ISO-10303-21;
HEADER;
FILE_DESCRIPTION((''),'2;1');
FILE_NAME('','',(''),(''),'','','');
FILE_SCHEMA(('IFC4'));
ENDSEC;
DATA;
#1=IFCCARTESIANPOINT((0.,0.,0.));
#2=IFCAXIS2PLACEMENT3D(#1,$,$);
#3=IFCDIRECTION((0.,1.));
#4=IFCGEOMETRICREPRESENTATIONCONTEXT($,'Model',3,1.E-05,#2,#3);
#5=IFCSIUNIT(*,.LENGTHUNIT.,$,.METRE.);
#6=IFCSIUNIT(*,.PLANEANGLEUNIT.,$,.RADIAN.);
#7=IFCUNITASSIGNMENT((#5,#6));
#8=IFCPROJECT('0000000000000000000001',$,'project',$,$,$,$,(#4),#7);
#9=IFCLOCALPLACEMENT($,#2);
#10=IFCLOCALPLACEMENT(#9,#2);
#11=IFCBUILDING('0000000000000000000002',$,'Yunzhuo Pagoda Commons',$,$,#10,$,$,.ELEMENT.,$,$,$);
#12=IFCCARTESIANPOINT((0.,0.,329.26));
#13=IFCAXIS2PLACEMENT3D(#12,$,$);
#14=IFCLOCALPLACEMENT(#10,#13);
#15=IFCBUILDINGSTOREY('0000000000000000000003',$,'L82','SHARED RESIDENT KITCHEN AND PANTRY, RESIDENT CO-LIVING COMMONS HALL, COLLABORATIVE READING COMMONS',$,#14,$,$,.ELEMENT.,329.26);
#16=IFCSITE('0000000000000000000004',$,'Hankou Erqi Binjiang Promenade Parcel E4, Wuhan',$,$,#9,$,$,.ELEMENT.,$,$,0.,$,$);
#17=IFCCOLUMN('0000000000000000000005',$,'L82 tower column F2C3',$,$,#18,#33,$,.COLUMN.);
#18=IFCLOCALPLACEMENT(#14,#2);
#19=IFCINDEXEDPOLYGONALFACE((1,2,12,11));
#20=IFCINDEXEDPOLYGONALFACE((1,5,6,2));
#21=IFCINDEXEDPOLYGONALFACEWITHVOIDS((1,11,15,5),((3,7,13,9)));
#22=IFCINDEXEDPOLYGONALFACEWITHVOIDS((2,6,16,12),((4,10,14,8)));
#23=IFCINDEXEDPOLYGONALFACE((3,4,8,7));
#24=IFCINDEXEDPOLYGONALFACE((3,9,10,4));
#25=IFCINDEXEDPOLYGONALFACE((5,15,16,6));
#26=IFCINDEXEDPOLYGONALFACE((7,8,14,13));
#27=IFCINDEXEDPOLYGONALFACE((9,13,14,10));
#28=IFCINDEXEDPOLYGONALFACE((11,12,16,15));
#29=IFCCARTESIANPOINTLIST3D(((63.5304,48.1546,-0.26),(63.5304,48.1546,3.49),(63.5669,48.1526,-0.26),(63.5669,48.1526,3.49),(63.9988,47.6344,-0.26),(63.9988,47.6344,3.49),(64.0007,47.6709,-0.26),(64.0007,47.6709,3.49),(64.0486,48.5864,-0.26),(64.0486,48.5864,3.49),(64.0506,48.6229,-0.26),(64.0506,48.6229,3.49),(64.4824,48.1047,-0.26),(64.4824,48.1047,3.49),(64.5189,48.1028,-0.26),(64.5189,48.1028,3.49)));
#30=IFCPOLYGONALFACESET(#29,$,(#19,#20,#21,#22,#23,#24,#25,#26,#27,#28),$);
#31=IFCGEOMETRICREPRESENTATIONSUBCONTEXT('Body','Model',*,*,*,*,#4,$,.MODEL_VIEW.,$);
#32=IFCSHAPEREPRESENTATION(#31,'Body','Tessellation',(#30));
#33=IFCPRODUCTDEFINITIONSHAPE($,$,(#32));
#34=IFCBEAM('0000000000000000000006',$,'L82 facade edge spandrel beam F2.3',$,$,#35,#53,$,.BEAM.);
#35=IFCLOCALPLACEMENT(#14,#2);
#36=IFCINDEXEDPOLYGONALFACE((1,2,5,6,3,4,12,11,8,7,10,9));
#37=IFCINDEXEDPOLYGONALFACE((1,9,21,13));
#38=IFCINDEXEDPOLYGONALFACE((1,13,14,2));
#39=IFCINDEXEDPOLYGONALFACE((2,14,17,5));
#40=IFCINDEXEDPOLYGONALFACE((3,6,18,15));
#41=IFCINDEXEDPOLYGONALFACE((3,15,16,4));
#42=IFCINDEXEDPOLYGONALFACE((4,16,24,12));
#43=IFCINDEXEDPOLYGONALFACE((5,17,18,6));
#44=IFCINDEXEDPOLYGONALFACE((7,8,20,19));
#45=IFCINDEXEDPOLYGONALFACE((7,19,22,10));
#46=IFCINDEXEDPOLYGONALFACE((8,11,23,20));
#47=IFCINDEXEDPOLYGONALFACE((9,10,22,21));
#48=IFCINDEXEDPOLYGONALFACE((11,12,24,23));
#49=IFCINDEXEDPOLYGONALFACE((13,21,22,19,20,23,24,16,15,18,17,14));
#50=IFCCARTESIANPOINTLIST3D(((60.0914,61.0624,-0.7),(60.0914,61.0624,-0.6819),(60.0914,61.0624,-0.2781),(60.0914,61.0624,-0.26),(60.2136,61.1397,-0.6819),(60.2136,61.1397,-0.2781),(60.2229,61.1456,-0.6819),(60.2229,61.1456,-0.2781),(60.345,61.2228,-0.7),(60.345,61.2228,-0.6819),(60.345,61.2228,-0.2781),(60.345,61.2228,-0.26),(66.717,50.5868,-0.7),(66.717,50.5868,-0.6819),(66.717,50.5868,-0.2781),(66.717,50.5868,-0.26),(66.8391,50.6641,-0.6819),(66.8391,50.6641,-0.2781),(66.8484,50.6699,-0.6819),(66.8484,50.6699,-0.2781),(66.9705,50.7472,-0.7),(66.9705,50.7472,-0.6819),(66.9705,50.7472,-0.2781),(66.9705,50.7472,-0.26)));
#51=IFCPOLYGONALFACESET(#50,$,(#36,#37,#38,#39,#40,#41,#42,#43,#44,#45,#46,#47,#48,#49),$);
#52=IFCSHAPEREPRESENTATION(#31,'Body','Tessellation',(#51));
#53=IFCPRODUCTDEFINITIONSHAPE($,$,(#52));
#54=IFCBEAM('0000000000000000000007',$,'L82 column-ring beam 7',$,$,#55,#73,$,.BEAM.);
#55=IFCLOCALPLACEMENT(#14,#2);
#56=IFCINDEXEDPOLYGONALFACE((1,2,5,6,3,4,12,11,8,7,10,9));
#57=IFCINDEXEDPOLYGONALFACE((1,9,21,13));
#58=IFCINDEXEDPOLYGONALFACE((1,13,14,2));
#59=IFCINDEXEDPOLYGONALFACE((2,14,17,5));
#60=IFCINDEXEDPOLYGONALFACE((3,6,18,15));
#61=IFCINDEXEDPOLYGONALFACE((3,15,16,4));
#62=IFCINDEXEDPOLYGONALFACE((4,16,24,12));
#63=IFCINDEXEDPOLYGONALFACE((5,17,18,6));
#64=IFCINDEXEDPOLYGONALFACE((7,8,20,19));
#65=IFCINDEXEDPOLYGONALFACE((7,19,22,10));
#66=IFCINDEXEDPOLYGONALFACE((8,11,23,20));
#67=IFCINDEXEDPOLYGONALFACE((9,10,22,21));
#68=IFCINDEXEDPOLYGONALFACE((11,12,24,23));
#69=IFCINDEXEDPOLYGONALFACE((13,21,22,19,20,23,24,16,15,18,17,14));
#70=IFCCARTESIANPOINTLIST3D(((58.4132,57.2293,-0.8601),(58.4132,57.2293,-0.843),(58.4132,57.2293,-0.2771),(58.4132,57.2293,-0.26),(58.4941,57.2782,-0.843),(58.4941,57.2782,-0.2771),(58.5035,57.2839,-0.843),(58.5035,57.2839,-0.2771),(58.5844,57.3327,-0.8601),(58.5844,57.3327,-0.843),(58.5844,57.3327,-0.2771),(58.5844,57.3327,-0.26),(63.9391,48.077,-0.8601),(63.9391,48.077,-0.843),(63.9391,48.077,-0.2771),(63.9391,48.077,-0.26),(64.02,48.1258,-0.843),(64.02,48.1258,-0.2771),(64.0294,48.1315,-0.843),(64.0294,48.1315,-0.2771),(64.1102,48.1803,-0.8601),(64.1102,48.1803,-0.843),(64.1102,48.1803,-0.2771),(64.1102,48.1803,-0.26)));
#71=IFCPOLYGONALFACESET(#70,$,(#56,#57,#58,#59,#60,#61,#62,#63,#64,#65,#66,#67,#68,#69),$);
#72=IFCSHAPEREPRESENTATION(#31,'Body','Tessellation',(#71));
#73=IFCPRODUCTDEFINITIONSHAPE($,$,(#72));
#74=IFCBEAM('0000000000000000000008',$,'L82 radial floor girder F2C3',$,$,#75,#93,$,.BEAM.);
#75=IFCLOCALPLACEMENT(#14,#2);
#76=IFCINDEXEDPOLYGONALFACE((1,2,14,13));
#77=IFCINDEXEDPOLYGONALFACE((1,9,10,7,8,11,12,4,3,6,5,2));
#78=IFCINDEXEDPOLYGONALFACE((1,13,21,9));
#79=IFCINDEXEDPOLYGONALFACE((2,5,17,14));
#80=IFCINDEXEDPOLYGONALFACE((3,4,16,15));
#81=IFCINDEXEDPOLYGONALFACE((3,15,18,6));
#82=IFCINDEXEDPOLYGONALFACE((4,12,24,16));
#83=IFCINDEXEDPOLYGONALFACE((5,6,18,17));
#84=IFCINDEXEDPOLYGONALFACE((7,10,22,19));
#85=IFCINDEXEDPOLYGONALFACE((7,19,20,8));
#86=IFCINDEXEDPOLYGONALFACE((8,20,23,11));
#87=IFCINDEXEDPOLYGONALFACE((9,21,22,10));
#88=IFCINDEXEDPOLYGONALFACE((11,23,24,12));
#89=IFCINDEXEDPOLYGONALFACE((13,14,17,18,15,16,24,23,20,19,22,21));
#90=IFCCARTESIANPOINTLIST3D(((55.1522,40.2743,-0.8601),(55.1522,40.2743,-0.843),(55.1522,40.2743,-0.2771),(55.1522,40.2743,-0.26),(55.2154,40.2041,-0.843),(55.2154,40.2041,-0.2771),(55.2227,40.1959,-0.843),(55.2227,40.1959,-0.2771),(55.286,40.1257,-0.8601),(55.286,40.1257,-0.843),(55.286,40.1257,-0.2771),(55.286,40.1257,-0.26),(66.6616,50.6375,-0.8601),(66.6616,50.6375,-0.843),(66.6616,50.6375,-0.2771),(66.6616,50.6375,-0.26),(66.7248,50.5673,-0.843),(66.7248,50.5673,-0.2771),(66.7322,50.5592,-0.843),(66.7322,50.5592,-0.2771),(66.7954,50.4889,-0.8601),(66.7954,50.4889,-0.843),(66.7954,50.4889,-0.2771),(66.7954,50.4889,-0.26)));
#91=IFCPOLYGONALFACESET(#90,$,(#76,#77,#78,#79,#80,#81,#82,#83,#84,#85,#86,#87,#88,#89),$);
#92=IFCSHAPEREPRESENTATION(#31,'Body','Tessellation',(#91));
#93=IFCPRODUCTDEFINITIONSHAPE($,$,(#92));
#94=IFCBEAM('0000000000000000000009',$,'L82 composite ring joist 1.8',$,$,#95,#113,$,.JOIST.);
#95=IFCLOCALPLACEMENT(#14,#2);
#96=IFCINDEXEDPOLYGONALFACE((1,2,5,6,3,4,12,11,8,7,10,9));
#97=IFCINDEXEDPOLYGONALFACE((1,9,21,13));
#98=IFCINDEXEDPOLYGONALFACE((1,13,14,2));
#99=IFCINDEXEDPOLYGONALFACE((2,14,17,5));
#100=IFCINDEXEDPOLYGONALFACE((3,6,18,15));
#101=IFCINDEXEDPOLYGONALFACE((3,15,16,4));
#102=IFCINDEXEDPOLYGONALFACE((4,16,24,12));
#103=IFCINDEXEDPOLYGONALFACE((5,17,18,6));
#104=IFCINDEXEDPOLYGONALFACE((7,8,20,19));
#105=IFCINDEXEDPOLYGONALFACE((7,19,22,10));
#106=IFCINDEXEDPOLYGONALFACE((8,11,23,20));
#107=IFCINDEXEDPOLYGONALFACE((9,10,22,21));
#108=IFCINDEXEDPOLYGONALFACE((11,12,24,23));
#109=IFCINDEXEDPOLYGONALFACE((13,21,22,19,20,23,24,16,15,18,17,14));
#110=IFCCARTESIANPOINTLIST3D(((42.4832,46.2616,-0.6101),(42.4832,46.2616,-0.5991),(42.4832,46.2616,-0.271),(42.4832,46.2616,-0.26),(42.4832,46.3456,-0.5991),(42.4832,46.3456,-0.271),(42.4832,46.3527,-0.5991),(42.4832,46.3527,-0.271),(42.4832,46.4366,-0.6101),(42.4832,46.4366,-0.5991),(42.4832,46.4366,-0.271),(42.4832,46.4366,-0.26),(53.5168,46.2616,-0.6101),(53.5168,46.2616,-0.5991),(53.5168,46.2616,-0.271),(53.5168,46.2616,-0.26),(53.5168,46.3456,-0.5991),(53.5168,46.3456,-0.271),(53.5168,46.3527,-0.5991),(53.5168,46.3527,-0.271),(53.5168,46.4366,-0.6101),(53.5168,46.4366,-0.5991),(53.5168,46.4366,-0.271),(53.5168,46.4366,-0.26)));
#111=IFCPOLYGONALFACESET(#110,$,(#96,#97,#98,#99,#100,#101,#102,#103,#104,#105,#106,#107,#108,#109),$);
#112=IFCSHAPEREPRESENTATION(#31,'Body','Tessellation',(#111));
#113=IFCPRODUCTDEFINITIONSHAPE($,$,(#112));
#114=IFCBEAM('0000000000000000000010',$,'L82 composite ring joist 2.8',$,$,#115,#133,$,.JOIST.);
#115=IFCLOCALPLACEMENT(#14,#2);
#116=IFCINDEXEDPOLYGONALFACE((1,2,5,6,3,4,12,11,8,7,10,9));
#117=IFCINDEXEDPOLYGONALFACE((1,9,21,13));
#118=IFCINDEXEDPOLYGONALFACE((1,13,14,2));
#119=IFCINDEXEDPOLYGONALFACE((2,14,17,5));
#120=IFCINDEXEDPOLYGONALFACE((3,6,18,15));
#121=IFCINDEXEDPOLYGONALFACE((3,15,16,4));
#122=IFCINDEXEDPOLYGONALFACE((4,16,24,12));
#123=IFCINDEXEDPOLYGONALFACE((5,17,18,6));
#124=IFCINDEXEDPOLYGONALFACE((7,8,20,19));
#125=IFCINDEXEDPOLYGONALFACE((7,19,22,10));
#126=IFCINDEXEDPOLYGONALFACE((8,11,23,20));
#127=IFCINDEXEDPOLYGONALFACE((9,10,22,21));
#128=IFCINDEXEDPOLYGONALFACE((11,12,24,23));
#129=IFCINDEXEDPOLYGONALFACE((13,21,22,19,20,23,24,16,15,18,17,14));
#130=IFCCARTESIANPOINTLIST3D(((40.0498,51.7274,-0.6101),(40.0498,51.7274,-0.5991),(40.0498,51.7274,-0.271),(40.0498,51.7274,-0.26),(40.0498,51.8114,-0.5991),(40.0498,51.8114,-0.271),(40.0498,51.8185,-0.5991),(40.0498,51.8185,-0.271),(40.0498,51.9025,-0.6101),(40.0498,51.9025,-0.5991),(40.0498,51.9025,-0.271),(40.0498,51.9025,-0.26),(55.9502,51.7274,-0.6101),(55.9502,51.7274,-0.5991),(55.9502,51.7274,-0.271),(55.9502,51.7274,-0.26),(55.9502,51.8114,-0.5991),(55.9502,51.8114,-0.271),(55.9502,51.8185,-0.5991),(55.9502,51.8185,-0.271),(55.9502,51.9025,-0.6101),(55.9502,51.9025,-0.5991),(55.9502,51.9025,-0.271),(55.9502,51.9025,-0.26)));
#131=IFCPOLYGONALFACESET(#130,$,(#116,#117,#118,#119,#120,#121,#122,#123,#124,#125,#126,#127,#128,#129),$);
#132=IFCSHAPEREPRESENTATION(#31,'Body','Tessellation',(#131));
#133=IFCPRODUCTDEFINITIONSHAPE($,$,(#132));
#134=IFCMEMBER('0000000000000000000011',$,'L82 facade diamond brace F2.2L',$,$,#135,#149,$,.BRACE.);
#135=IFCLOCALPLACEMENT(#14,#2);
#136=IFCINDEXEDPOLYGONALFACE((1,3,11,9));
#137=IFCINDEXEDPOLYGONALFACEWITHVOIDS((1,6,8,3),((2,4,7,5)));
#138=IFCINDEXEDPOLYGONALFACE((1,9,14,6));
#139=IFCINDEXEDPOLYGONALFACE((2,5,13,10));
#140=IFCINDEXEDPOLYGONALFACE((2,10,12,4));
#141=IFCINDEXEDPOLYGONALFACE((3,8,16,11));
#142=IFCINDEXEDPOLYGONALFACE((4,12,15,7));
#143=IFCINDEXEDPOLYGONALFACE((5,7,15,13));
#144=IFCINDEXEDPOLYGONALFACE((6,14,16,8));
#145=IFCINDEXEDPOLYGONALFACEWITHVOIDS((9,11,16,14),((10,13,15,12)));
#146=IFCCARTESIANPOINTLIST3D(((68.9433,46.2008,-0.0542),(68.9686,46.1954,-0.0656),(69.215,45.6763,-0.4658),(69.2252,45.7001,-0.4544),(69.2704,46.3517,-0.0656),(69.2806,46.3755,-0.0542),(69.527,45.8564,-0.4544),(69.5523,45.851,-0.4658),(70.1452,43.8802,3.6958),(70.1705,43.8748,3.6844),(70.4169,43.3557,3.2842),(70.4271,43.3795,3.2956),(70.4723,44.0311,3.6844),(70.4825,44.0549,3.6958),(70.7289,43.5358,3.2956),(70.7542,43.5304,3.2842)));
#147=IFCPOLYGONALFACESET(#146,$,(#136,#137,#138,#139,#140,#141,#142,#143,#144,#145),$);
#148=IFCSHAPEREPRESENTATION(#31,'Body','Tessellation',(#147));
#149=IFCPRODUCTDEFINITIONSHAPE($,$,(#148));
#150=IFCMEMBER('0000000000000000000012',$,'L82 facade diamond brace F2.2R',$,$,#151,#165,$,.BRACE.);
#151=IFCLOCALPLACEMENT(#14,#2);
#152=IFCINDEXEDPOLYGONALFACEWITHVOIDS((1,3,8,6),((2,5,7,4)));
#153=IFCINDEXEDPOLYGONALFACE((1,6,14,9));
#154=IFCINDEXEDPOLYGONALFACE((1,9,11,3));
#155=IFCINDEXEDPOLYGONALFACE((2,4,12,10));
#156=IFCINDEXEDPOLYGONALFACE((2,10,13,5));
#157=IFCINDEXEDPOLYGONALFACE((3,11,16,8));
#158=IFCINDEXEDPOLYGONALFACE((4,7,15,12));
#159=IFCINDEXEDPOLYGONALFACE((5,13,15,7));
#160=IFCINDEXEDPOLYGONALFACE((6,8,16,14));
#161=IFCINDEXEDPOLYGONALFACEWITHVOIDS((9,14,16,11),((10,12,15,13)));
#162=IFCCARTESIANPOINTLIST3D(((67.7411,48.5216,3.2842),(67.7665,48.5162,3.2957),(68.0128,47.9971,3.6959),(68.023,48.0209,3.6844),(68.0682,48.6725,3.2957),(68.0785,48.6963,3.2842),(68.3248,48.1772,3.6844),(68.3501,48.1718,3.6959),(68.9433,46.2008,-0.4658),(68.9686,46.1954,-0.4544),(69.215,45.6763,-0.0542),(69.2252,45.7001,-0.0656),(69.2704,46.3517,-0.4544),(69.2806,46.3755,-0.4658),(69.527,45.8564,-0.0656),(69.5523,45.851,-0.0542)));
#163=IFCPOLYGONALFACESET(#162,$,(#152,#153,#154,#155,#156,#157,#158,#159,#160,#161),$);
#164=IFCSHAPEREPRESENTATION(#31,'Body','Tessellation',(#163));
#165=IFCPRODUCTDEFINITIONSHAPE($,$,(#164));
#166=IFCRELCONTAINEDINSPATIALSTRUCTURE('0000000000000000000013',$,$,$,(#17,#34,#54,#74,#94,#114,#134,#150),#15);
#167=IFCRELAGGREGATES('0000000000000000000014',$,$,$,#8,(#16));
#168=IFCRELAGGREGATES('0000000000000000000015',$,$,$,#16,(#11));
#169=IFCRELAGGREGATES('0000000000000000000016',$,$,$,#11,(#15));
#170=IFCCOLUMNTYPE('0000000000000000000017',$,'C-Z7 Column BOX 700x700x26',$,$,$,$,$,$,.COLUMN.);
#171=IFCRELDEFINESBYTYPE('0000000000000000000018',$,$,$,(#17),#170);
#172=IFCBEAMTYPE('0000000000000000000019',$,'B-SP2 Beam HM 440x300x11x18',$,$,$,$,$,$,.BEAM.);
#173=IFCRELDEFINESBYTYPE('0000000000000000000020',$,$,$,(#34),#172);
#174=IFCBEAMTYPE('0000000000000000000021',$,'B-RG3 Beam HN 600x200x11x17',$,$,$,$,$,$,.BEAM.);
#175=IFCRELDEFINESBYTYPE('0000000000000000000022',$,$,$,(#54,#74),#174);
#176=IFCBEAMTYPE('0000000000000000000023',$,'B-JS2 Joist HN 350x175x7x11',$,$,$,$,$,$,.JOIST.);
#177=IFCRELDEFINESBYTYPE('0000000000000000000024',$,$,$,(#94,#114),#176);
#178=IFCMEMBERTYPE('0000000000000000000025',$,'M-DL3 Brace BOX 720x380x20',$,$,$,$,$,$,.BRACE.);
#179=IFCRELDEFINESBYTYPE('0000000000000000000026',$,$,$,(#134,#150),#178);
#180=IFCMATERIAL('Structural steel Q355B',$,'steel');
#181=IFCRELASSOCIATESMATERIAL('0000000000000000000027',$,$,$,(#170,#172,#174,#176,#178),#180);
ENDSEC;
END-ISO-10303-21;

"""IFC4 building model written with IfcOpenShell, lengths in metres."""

from ifc_helpers import new_model, si_unit, direction, frame, origin, origin_2d, place, context, subcontext, project, spatial, hollow_rectangle, i_section, extrude, source, transform, mapped, material, material_profile, profile_set, type_object, element, save


model = new_model("IFC4")

# Units and contexts
model_context = context("Model", 3, precision=1e-05, world=origin(), true_north=direction((0.0, 1.0)))
body_context = subcontext(model_context, "Body", "Model", "MODEL_VIEW")
ifc_project = project(units=[si_unit("LENGTHUNIT", "METRE"), si_unit("PLANEANGLEUNIT", "RADIAN")], contexts=[model_context])

# Site, building, storey
site_placement = place(None, origin())
site = spatial("IfcSite", under=ifc_project, at=site_placement, Name="Hankou Erqi Binjiang Promenade Parcel E4, Wuhan", CompositionType="ELEMENT", RefElevation=0.0)
building_placement = place(site_placement, origin())
building = spatial("IfcBuilding", under=site, at=building_placement, Name="Yunzhuo Pagoda Commons", CompositionType="ELEMENT")
storey_placement = place(building_placement, frame((0.0, 0.0, 329.26)))
storey = spatial("IfcBuildingStorey", under=building, at=storey_placement, Name="L82", Description="SHARED RESIDENT KITCHEN AND PANTRY, RESIDENT CO-LIVING COMMONS HALL, COLLABORATIVE READING COMMONS", CompositionType="ELEMENT", Elevation=329.26)

# Column
ifc_material_1 = material(Name="Structural steel Q355B", Category="steel")
ifc_material_profile_1 = material_profile(ifc_material_1, hollow_rectangle(XDim=0.7, YDim=0.7, WallThickness=0.0259, at=origin_2d()), Name="Structural steel Q355B")
ifc_profile_set_1 = profile_set([ifc_material_profile_1], Name="Structural steel Q355B")
column_type = type_object("IfcColumnType", Name="C-Z7 Column BOX 700x700x26", PredefinedType="COLUMN", material=ifc_profile_set_1)
shared_shape_1 = source(origin(), body_context, "Body", "SweptSolid", [
    extrude(hollow_rectangle(XDim=0.7, YDim=0.7, WallThickness=0.0259, at=origin_2d()), origin(), (0.0, 0.0, 1.0), 3.75),
])
column_placement = place(storey_placement, frame((64.0247, 48.1287, -0.26), z_axis=(0.0, 0.0, 1.0), x_axis=(-0.669131, 0.743145, 0.0)))
element("IfcColumn", 1, at=column_placement, inside=storey, type_object=column_type, Name="L82 tower column F2C3", PredefinedType="COLUMN", context=body_context, shape_type="MappedRepresentation", body=[
    mapped(shared_shape_1, transform((0.0, 0.0, 0.0), scale=1.0)),
])

# Beams
ifc_material_profile_2 = material_profile(ifc_material_1, i_section(OverallWidth=0.3, OverallDepth=0.4399, WebThickness=0.011, FlangeThickness=0.0181, at=origin_2d()), Name="Structural steel Q355B")
ifc_profile_set_2 = profile_set([ifc_material_profile_2], Name="Structural steel Q355B")
beam_type_1 = type_object("IfcBeamType", Name="B-SP2 Beam HM 440x300x11x18", PredefinedType="BEAM", material=ifc_profile_set_2)
shared_shape_2 = source(origin(), body_context, "Body", "SweptSolid", [
    extrude(i_section(OverallWidth=0.3, OverallDepth=0.4399, WebThickness=0.011, FlangeThickness=0.0181, at=origin_2d()), origin(), (0.0, 0.0, 1.0), 12.395),
])
beam_1_placement = place(storey_placement, frame((66.8438, 50.667, -0.48), z_axis=(-0.534531, 0.845149, 0.0), x_axis=(-0.845149, -0.534531, 0.0)))
element("IfcBeam", 2, at=beam_1_placement, inside=storey, type_object=beam_type_1, Name="L82 facade edge spandrel beam F2.3", PredefinedType="BEAM", context=body_context, shape_type="MappedRepresentation", body=[
    mapped(shared_shape_2, transform((0.0, 0.0, 0.0), scale=1.0)),
])
ifc_material_profile_3 = material_profile(ifc_material_1, i_section(OverallWidth=0.2, OverallDepth=0.6001, WebThickness=0.011, FlangeThickness=0.0171, at=origin_2d()), Name="Structural steel Q355B")
ifc_profile_set_3 = profile_set([ifc_material_profile_3], Name="Structural steel Q355B")
beam_type_2 = type_object("IfcBeamType", Name="B-RG3 Beam HN 600x200x11x17", PredefinedType="BEAM", material=ifc_profile_set_3)
shared_shape_3 = source(origin(), body_context, "Body", "SweptSolid", [
    extrude(i_section(OverallWidth=0.2, OverallDepth=0.6001, WebThickness=0.011, FlangeThickness=0.0171, at=origin_2d()), origin(), (0.0, 0.0, 1.0), 10.6912),
])
beam_2_placement = place(storey_placement, frame((64.0247, 48.1287, -0.5601), z_axis=(-0.516865, 0.856067, 0.0), x_axis=(-0.856067, -0.516865, 0.0)))
element("IfcBeam", 3, at=beam_2_placement, inside=storey, type_object=beam_type_2, Name="L82 column-ring beam 7", PredefinedType="BEAM", context=body_context, shape_type="MappedRepresentation", body=[
    mapped(shared_shape_3, transform((0.0, 0.0, 0.0), scale=1.0)),
])
shared_shape_4 = source(origin(), body_context, "Body", "SweptSolid", [
    extrude(i_section(OverallWidth=0.2, OverallDepth=0.6001, WebThickness=0.011, FlangeThickness=0.0171, at=origin_2d()), origin(), (0.0, 0.0, 1.0), 15.4875),
])
beam_3_placement = place(storey_placement, frame((66.7285, 50.5632, -0.5601), z_axis=(-0.743143, -0.669133, 0.0), x_axis=(0.669133, -0.743143, 0.0)))
element("IfcBeam", 4, at=beam_3_placement, inside=storey, type_object=beam_type_2, Name="L82 radial floor girder F2C3", PredefinedType="BEAM", context=body_context, shape_type="MappedRepresentation", body=[
    mapped(shared_shape_4, transform((0.0, 0.0, 0.0), scale=1.0)),
])
ifc_material_profile_4 = material_profile(ifc_material_1, i_section(OverallWidth=0.175, OverallDepth=0.3501, WebThickness=0.0071, FlangeThickness=0.011, at=origin_2d()), Name="Structural steel Q355B")
ifc_profile_set_4 = profile_set([ifc_material_profile_4], Name="Structural steel Q355B")
beam_type_3 = type_object("IfcBeamType", Name="B-JS2 Joist HN 350x175x7x11", PredefinedType="JOIST", material=ifc_profile_set_4)
shared_shape_5 = source(origin(), body_context, "Body", "SweptSolid", [
    extrude(i_section(OverallWidth=0.175, OverallDepth=0.3501, WebThickness=0.0071, FlangeThickness=0.011, at=origin_2d()), origin(), (0.0, 0.0, 1.0), 11.0337),
])
beam_4_placement = place(storey_placement, frame((53.5168, 46.3491, -0.4351), z_axis=(-1.0, 0.0, 0.0), x_axis=(0.0, -1.0, 0.0)))
element("IfcBeam", 5, at=beam_4_placement, inside=storey, type_object=beam_type_3, Name="L82 composite ring joist 1.8", PredefinedType="JOIST", context=body_context, shape_type="MappedRepresentation", body=[
    mapped(shared_shape_5, transform((0.0, 0.0, 0.0), scale=1.0)),
])
shared_shape_6 = source(origin(), body_context, "Body", "SweptSolid", [
    extrude(i_section(OverallWidth=0.175, OverallDepth=0.3501, WebThickness=0.0071, FlangeThickness=0.011, at=origin_2d()), origin(), (0.0, 0.0, 1.0), 15.9004),
])
beam_5_placement = place(storey_placement, frame((55.9502, 51.8149, -0.4351), z_axis=(-1.0, 0.0, 0.0), x_axis=(0.0, -1.0, 0.0)))
element("IfcBeam", 6, at=beam_5_placement, inside=storey, type_object=beam_type_3, Name="L82 composite ring joist 2.8", PredefinedType="JOIST", context=body_context, shape_type="MappedRepresentation", body=[
    mapped(shared_shape_6, transform((0.0, 0.0, 0.0), scale=1.0)),
])

# Members
ifc_material_profile_5 = material_profile(ifc_material_1, hollow_rectangle(XDim=0.3799, YDim=0.72, WallThickness=0.02, at=origin_2d()), Name="Structural steel Q355B")
ifc_profile_set_5 = profile_set([ifc_material_profile_5], Name="Structural steel Q355B")
member_type_1 = type_object("IfcMemberType", Name="M-DL3 Brace BOX 720x380x20", PredefinedType="BRACE", material=ifc_profile_set_5)
shared_shape_7 = source(origin(), body_context, "Body", "SweptSolid", [
    extrude(hollow_rectangle(XDim=0.3799, YDim=0.72, WallThickness=0.02, at=origin_2d()), origin(), (0.0, 0.0, 1.0), 4.5708),
])
member_1_placement = place(storey_placement, frame((69.2478, 46.0259, -0.26), z_axis=(0.262954, -0.507693, 0.820428), x_axis=(0.887965, 0.459911, 0.0)))
element("IfcMember", 7, at=member_1_placement, inside=storey, type_object=member_type_1, Name="L82 facade diamond brace F2.2L", PredefinedType="BRACE", context=body_context, shape_type="MappedRepresentation", body=[
    mapped(shared_shape_7, transform((0.0, 0.0, 0.0), scale=1.0)),
])
shared_shape_8 = source(origin(), body_context, "Body", "SweptSolid", [
    extrude(hollow_rectangle(XDim=0.3799, YDim=0.72, WallThickness=0.02, at=origin_2d()), origin(), (0.0, 0.0, 1.0), 4.571),
])
member_2_placement = place(storey_placement, frame((69.2478, 46.0259, -0.26), z_axis=(-0.262996, 0.507726, 0.820395), x_axis=(-0.887947, -0.459946, 0.0)))
element("IfcMember", 8, at=member_2_placement, inside=storey, type_object=member_type_1, Name="L82 facade diamond brace F2.2R", PredefinedType="BRACE", context=body_context, shape_type="MappedRepresentation", body=[
    mapped(shared_shape_8, transform((0.0, 0.0, 0.0), scale=1.0)),
])

save(model, "model.ifc")
